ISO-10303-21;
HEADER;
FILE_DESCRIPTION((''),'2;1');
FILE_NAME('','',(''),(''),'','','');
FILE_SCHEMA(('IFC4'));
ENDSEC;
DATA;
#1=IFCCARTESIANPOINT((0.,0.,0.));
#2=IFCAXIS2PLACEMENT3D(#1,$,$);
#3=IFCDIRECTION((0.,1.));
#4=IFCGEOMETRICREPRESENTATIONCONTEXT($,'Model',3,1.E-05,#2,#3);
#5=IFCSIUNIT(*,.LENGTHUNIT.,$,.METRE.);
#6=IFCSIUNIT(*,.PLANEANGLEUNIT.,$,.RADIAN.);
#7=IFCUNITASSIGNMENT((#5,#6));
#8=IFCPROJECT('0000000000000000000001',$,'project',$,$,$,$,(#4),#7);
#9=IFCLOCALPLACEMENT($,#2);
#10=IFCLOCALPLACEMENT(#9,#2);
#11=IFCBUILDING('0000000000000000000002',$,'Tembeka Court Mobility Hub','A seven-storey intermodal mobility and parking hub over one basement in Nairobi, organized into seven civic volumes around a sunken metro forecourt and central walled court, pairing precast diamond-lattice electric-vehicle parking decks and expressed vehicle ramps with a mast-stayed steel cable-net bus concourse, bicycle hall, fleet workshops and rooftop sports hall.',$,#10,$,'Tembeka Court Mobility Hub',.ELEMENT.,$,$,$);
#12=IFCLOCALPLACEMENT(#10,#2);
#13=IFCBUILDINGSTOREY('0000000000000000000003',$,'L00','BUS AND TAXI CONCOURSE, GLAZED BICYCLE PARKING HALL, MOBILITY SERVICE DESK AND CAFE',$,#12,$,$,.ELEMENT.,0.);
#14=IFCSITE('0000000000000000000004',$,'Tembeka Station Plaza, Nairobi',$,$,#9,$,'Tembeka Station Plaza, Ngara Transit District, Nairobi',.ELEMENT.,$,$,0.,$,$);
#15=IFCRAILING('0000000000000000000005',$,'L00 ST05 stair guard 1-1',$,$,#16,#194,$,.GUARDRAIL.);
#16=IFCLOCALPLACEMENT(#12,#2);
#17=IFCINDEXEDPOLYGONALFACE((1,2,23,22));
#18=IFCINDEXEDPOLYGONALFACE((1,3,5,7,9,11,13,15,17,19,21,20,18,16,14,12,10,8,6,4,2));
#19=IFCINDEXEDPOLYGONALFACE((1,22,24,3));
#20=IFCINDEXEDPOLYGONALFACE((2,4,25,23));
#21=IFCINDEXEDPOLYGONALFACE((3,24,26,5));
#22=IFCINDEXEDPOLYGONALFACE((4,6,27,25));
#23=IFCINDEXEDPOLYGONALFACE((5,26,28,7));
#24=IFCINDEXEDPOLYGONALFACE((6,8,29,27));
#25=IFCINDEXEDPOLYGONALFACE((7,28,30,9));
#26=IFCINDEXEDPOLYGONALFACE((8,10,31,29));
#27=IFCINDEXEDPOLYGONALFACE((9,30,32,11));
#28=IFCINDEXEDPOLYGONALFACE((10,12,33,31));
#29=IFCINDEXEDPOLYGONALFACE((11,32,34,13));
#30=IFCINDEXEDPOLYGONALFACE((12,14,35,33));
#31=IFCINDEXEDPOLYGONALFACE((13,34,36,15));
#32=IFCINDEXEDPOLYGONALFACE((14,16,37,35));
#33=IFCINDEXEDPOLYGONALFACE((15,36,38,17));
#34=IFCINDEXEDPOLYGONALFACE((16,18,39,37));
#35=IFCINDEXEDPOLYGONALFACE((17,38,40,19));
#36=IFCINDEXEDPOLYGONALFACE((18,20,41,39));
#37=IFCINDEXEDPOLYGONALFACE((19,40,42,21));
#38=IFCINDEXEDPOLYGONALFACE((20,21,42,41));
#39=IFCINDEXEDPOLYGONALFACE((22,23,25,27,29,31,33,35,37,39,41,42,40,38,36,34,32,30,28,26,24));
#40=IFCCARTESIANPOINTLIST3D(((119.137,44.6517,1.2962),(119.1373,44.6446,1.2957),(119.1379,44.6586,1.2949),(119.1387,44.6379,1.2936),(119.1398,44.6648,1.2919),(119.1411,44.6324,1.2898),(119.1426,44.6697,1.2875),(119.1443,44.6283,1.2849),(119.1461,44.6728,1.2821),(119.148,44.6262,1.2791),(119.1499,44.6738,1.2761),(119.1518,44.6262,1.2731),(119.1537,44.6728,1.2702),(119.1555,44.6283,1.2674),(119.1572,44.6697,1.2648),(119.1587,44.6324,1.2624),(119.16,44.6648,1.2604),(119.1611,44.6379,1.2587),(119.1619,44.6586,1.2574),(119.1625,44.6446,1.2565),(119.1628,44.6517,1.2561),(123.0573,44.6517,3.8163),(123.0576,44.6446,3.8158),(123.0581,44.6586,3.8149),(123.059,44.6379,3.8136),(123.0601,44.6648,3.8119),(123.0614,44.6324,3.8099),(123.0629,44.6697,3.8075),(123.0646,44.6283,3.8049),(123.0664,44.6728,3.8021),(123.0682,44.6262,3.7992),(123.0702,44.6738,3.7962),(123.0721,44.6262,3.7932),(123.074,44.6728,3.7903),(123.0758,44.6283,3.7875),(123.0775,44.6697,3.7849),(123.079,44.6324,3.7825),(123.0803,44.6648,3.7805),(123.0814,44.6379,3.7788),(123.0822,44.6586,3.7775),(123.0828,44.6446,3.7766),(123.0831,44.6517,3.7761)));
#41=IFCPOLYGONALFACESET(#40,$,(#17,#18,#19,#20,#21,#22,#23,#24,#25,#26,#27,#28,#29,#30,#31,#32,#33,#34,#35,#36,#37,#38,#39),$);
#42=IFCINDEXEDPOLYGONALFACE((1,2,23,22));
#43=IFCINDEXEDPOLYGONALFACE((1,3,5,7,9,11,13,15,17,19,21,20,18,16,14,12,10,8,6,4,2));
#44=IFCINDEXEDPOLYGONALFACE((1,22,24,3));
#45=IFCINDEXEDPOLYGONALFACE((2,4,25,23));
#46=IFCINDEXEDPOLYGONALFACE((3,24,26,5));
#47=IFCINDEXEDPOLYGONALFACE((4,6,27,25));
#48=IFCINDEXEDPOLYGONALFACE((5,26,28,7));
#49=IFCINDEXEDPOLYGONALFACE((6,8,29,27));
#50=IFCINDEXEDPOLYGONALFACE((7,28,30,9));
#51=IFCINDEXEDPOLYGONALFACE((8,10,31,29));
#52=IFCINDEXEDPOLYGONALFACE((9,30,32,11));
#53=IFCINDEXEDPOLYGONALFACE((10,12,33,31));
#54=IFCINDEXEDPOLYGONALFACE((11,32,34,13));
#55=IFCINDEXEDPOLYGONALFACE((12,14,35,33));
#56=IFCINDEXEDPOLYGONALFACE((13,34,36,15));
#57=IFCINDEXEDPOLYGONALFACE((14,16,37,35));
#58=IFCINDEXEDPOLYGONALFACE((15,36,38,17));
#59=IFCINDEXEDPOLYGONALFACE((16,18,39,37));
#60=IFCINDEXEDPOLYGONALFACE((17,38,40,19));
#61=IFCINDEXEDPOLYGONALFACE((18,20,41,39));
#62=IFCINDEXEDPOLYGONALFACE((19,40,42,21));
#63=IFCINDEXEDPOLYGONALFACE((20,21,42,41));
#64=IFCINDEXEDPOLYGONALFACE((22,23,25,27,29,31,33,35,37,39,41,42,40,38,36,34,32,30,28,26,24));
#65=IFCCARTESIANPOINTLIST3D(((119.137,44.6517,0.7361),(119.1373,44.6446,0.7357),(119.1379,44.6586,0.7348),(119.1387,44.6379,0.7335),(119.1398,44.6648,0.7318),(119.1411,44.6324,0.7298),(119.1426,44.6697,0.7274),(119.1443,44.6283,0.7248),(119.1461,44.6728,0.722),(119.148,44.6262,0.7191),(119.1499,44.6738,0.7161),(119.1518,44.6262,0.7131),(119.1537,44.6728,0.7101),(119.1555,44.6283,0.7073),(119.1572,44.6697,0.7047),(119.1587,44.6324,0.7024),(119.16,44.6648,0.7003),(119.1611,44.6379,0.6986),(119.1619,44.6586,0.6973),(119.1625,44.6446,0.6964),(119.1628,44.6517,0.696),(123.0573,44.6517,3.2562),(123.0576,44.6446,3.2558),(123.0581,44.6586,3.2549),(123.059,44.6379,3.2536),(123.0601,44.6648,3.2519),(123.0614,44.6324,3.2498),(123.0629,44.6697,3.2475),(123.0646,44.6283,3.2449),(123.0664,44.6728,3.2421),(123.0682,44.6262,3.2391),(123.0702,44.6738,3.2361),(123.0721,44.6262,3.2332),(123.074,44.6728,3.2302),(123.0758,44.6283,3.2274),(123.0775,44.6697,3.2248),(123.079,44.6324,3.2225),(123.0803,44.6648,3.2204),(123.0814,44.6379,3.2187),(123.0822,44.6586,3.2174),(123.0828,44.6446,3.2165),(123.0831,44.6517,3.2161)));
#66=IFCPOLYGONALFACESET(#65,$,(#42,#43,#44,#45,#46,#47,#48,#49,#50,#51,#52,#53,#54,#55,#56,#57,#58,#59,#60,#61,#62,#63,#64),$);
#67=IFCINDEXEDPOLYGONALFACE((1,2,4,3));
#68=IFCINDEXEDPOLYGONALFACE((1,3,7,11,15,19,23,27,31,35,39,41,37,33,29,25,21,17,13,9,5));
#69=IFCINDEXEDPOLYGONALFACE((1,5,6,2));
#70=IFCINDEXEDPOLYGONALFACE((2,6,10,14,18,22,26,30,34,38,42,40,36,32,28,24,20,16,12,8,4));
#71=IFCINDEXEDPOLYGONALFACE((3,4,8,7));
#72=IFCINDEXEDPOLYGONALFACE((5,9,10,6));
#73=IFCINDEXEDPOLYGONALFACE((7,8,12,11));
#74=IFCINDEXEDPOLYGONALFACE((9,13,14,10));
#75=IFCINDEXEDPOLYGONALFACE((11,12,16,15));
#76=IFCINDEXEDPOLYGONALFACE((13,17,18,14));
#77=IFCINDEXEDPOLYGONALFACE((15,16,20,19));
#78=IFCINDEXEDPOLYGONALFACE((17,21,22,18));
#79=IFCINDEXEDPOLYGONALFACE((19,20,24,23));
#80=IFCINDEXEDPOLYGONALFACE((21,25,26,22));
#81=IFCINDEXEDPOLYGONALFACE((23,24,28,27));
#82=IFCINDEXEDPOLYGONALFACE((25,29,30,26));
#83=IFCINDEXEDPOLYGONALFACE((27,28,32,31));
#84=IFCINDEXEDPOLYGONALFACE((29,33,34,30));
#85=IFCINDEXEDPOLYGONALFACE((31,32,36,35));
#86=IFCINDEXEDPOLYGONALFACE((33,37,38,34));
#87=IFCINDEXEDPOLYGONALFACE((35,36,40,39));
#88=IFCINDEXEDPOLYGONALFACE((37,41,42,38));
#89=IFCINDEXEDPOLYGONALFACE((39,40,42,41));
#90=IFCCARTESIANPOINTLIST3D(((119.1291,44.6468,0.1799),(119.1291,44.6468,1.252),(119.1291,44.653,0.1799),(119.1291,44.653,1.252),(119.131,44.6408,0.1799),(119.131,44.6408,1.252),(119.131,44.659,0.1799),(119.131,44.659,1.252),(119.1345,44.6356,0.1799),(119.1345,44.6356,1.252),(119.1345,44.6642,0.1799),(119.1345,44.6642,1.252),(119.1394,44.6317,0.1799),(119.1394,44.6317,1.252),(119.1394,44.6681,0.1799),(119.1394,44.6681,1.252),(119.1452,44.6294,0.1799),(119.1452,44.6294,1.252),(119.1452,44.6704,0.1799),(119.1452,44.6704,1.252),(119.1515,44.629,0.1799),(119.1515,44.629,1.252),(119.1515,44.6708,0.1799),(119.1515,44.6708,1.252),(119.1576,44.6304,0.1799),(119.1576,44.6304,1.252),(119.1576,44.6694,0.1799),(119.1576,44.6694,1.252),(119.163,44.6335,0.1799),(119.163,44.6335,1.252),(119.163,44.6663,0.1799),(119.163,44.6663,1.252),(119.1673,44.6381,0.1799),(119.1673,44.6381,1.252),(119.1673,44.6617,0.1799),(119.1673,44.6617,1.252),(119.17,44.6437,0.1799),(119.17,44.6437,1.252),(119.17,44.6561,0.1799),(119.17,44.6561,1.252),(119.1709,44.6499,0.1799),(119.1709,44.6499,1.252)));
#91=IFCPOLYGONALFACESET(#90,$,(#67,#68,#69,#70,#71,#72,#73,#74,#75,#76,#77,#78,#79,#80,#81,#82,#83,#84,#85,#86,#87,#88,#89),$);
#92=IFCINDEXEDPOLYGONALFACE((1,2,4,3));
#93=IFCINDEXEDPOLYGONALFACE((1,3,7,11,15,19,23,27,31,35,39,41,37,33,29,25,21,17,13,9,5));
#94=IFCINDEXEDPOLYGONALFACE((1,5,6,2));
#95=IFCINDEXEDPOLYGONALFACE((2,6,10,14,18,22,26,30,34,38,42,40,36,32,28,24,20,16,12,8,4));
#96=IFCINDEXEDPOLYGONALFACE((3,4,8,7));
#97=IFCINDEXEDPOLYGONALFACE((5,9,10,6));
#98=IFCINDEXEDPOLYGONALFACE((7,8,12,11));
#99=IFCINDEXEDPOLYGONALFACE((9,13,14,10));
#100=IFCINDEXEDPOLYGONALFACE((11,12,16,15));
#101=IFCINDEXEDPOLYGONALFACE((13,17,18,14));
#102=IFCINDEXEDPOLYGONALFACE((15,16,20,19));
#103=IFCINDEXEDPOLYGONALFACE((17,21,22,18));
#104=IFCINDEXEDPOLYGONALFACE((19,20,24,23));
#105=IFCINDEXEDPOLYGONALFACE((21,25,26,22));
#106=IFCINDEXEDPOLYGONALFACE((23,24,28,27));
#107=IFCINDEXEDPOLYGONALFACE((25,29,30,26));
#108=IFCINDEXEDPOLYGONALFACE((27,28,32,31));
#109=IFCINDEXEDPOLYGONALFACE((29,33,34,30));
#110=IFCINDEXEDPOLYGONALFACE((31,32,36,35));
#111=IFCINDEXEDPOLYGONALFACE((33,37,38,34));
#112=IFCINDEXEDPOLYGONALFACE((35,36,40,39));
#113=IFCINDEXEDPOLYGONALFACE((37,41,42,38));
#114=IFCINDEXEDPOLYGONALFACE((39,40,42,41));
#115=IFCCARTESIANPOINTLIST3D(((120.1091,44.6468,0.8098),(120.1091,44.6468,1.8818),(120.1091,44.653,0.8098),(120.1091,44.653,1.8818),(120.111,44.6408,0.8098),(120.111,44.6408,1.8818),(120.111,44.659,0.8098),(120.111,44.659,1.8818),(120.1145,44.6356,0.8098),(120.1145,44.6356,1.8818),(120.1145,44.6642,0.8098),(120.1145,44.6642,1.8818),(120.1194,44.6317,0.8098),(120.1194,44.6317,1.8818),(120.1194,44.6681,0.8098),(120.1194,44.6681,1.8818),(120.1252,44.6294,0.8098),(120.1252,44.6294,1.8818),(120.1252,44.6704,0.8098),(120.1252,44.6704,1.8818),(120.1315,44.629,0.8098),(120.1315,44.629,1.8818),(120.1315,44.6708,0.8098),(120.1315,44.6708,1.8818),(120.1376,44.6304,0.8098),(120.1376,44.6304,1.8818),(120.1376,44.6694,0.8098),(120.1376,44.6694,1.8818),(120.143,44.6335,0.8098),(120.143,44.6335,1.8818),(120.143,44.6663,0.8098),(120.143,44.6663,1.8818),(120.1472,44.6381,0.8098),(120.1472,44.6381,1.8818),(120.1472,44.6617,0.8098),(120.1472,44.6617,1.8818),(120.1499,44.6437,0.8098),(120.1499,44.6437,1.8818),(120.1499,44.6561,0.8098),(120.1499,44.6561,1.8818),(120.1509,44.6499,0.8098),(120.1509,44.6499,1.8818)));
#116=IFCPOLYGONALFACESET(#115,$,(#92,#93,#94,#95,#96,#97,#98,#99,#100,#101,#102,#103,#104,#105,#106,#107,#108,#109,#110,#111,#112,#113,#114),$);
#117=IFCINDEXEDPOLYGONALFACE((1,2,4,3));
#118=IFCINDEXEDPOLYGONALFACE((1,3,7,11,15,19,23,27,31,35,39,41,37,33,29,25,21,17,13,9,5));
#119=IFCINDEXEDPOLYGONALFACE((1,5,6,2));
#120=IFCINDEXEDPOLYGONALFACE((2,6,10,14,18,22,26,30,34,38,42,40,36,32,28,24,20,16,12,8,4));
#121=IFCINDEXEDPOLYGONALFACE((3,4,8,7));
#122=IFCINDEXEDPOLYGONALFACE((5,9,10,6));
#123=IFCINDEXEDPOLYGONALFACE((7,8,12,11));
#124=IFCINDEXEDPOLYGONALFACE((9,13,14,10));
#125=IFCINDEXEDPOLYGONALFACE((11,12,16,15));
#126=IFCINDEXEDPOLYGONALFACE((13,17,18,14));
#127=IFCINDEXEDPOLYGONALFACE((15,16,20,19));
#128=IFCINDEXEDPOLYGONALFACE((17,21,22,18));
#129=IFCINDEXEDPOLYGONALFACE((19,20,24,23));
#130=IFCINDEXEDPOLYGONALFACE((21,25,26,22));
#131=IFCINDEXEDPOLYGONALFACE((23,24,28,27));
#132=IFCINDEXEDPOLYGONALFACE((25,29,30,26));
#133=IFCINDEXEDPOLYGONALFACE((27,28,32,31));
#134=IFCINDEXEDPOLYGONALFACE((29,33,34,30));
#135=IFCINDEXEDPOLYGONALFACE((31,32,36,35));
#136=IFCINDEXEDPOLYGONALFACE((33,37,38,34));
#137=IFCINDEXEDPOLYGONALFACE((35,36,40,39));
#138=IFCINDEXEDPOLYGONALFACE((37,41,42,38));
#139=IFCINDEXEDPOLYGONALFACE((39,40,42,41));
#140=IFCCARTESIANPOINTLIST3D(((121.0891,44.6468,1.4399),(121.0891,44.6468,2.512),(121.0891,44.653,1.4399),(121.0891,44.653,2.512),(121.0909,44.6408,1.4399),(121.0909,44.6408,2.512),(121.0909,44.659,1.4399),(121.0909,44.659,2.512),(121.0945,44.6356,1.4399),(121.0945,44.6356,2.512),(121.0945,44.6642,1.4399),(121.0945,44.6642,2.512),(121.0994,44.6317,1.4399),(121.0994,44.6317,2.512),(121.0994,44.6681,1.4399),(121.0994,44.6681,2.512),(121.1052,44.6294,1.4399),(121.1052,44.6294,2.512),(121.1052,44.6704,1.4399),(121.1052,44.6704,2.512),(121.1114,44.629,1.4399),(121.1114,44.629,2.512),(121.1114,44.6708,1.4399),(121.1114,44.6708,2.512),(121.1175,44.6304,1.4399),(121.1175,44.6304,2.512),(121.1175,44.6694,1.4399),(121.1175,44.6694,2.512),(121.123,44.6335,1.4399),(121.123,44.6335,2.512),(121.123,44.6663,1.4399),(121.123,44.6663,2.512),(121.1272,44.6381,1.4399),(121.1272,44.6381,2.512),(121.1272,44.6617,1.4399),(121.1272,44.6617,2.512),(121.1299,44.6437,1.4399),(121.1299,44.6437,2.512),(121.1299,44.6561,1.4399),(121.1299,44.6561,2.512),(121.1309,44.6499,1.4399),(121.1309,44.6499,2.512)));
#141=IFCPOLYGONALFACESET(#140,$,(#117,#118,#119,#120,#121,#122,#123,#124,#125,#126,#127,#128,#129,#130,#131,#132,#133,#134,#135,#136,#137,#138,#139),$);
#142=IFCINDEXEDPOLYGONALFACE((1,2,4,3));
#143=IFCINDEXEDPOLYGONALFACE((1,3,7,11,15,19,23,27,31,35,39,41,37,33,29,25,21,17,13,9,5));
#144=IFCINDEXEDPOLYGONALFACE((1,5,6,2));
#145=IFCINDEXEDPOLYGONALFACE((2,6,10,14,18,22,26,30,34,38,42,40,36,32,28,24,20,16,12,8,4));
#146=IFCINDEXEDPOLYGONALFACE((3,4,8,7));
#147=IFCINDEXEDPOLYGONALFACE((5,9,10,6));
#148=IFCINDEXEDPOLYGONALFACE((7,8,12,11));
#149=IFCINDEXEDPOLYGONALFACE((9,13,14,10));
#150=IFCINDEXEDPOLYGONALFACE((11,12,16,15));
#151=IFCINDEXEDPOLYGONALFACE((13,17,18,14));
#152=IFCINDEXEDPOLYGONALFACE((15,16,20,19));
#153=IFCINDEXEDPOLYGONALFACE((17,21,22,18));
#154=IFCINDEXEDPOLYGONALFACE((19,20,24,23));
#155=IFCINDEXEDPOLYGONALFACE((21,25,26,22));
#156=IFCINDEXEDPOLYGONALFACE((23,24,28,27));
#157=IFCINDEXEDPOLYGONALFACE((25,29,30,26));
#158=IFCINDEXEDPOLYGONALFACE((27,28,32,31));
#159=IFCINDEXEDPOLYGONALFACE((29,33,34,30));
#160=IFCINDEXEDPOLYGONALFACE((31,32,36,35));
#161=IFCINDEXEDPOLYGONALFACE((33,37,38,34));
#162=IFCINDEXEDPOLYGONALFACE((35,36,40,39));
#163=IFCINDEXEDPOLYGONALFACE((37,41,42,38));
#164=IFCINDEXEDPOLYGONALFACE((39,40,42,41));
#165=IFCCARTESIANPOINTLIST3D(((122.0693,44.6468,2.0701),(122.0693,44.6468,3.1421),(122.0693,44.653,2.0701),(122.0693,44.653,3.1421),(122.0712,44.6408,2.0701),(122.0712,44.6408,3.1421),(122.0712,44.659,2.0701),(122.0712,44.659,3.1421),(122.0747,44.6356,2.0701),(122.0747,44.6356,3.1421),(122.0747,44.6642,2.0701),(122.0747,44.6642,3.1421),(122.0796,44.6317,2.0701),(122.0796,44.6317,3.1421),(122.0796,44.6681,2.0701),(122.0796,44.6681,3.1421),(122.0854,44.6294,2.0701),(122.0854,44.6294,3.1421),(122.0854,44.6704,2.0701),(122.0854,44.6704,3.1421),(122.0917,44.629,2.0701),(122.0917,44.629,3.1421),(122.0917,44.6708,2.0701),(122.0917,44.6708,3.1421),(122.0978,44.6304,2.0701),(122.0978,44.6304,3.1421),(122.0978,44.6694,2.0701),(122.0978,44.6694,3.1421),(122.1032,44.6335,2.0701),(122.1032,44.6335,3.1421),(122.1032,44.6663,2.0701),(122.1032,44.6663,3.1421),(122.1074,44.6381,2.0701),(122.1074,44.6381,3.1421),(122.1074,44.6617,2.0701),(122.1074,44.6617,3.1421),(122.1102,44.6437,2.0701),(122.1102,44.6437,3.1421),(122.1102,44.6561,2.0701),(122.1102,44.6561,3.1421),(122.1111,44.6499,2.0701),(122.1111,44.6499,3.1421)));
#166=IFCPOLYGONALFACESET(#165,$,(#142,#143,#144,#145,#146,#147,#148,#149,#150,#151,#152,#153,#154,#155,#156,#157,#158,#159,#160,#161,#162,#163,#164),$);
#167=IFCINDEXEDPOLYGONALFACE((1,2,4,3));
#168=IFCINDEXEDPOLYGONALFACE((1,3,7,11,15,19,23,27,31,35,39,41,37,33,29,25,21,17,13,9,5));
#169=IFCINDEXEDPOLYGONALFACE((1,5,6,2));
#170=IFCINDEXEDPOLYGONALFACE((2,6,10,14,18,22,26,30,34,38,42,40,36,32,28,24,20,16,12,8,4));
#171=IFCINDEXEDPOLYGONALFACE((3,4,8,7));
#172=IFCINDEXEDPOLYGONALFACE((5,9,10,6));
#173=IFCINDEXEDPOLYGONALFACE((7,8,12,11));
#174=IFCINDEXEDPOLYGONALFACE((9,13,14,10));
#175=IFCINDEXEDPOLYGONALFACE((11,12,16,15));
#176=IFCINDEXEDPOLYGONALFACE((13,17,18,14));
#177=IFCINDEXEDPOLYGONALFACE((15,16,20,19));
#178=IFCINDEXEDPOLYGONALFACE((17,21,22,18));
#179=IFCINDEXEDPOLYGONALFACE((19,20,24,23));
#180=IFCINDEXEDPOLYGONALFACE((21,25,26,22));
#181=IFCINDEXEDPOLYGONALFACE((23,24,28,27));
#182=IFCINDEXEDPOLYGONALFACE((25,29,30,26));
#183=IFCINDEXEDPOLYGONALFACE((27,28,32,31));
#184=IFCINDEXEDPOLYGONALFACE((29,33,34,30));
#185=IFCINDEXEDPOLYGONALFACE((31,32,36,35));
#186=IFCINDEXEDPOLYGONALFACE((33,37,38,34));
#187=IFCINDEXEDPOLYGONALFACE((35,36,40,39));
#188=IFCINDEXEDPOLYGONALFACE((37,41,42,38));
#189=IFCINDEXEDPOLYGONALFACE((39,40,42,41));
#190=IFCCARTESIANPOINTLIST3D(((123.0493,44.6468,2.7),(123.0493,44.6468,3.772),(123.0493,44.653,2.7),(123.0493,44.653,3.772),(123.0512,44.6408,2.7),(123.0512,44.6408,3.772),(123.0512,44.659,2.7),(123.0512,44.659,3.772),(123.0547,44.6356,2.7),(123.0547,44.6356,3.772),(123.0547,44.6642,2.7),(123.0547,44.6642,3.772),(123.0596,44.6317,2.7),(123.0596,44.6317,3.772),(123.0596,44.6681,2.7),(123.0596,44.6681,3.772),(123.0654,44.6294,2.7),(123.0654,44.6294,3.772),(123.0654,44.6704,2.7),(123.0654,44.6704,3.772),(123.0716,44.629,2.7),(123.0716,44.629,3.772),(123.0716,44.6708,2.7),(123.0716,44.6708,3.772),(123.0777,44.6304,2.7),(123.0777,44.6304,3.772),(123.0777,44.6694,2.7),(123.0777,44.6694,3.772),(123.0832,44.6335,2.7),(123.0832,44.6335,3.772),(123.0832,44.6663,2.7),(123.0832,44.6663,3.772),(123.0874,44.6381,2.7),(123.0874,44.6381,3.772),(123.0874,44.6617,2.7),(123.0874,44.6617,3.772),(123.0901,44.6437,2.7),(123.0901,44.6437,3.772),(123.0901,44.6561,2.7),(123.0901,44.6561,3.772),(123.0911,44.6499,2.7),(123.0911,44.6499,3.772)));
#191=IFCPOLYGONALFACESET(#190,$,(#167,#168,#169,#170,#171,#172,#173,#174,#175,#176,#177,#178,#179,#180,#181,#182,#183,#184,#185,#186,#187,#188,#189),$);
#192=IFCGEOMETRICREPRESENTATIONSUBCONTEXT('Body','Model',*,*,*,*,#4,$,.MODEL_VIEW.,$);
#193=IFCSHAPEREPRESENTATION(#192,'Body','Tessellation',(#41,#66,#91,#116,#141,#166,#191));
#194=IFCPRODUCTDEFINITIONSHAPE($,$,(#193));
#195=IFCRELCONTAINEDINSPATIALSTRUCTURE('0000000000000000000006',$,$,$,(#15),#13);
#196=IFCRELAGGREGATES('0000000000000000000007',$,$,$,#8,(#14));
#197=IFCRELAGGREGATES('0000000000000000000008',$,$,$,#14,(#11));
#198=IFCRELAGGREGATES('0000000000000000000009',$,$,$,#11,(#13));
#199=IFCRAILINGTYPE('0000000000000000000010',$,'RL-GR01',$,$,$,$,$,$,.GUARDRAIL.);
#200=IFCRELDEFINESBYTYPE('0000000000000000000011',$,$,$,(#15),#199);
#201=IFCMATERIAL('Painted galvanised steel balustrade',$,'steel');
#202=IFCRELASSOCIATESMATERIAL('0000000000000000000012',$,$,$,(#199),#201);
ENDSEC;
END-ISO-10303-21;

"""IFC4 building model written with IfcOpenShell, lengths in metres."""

from ifc_helpers import new_model, si_unit, direction, frame, origin, origin_2d, place, context, subcontext, project, spatial, circle, extrude, material, type_object, element, save


model = new_model("IFC4")

# Units and contexts
model_context = context("Model", 3, precision=1e-05, world=origin(), true_north=direction((0.0, 1.0)))
body_context = subcontext(model_context, "Body", "Model", "MODEL_VIEW")
ifc_project = project(units=[si_unit("LENGTHUNIT", "METRE"), si_unit("PLANEANGLEUNIT", "RADIAN")], contexts=[model_context])

# Site, building, storey
site_placement = place(None, origin())
site = spatial("IfcSite", under=ifc_project, at=site_placement, Name="Tembeka Station Plaza, Nairobi", LongName="Tembeka Station Plaza, Ngara Transit District, Nairobi", CompositionType="ELEMENT", RefElevation=0.0)
building_placement = place(site_placement, origin())
building = spatial("IfcBuilding", under=site, at=building_placement, Name="Tembeka Court Mobility Hub", Description="A seven-storey intermodal mobility and parking hub over one basement in Nairobi, organized into seven civic volumes around a sunken metro forecourt and central walled court, pairing precast diamond-lattice electric-vehicle parking decks and expressed vehicle ramps with a mast-stayed steel cable-net bus concourse, bicycle hall, fleet workshops and rooftop sports hall.", LongName="Tembeka Court Mobility Hub", CompositionType="ELEMENT")
storey_placement = place(building_placement, origin())
storey = spatial("IfcBuildingStorey", under=building, at=storey_placement, Name="L00", Description="BUS AND TAXI CONCOURSE, GLAZED BICYCLE PARKING HALL, MOBILITY SERVICE DESK AND CAFE", CompositionType="ELEMENT", Elevation=0.0)

# Railing
ifc_material_1 = material(Name="Painted galvanised steel balustrade", Category="steel")
railing_type_1 = type_object("IfcRailingType", Name="RL-GR01", PredefinedType="GUARDRAIL", material=ifc_material_1)
railing_1_placement = place(storey_placement, frame((119.1499, 44.6499, 0.1799)))
element("IfcRailing", 1, at=railing_1_placement, inside=storey, type_object=railing_type_1, Name="L00 ST05 stair guard 1-1", PredefinedType="GUARDRAIL", context=body_context, shape_type="SweptSolid", body=[
    extrude(circle(Radius=0.0239, at=origin_2d()), frame((0.0, 0.0, 1.0962), z_axis=(0.841187, 0.0, 0.540744), x_axis=(0.0, 1.0, 0.0)), (0.0, 0.0, 1.0), 4.6604),
    extrude(circle(Radius=0.0239, at=origin_2d()), frame((0.0, 0.0, 0.5361), z_axis=(0.841187, 0.0, 0.540744), x_axis=(0.0, 1.0, 0.0)), (0.0, 0.0, 1.0), 4.6604),
    extrude(circle(Radius=0.021, at=origin_2d()), origin(), (0.0, 0.0, 1.0), 1.072),
    extrude(circle(Radius=0.021, at=origin_2d()), frame((0.98, 0.0, 0.6299)), (0.0, 0.0, 1.0), 1.072),
    extrude(circle(Radius=0.021, at=origin_2d()), frame((1.96, 0.0, 1.26)), (0.0, 0.0, 1.0), 1.072),
    extrude(circle(Radius=0.021, at=origin_2d()), frame((2.9402, 0.0, 1.8901)), (0.0, 0.0, 1.0), 1.072),
    extrude(circle(Radius=0.021, at=origin_2d()), frame((3.9202, 0.0, 2.52)), (0.0, 0.0, 1.0), 1.072),
])

save(model, "model.ifc")
